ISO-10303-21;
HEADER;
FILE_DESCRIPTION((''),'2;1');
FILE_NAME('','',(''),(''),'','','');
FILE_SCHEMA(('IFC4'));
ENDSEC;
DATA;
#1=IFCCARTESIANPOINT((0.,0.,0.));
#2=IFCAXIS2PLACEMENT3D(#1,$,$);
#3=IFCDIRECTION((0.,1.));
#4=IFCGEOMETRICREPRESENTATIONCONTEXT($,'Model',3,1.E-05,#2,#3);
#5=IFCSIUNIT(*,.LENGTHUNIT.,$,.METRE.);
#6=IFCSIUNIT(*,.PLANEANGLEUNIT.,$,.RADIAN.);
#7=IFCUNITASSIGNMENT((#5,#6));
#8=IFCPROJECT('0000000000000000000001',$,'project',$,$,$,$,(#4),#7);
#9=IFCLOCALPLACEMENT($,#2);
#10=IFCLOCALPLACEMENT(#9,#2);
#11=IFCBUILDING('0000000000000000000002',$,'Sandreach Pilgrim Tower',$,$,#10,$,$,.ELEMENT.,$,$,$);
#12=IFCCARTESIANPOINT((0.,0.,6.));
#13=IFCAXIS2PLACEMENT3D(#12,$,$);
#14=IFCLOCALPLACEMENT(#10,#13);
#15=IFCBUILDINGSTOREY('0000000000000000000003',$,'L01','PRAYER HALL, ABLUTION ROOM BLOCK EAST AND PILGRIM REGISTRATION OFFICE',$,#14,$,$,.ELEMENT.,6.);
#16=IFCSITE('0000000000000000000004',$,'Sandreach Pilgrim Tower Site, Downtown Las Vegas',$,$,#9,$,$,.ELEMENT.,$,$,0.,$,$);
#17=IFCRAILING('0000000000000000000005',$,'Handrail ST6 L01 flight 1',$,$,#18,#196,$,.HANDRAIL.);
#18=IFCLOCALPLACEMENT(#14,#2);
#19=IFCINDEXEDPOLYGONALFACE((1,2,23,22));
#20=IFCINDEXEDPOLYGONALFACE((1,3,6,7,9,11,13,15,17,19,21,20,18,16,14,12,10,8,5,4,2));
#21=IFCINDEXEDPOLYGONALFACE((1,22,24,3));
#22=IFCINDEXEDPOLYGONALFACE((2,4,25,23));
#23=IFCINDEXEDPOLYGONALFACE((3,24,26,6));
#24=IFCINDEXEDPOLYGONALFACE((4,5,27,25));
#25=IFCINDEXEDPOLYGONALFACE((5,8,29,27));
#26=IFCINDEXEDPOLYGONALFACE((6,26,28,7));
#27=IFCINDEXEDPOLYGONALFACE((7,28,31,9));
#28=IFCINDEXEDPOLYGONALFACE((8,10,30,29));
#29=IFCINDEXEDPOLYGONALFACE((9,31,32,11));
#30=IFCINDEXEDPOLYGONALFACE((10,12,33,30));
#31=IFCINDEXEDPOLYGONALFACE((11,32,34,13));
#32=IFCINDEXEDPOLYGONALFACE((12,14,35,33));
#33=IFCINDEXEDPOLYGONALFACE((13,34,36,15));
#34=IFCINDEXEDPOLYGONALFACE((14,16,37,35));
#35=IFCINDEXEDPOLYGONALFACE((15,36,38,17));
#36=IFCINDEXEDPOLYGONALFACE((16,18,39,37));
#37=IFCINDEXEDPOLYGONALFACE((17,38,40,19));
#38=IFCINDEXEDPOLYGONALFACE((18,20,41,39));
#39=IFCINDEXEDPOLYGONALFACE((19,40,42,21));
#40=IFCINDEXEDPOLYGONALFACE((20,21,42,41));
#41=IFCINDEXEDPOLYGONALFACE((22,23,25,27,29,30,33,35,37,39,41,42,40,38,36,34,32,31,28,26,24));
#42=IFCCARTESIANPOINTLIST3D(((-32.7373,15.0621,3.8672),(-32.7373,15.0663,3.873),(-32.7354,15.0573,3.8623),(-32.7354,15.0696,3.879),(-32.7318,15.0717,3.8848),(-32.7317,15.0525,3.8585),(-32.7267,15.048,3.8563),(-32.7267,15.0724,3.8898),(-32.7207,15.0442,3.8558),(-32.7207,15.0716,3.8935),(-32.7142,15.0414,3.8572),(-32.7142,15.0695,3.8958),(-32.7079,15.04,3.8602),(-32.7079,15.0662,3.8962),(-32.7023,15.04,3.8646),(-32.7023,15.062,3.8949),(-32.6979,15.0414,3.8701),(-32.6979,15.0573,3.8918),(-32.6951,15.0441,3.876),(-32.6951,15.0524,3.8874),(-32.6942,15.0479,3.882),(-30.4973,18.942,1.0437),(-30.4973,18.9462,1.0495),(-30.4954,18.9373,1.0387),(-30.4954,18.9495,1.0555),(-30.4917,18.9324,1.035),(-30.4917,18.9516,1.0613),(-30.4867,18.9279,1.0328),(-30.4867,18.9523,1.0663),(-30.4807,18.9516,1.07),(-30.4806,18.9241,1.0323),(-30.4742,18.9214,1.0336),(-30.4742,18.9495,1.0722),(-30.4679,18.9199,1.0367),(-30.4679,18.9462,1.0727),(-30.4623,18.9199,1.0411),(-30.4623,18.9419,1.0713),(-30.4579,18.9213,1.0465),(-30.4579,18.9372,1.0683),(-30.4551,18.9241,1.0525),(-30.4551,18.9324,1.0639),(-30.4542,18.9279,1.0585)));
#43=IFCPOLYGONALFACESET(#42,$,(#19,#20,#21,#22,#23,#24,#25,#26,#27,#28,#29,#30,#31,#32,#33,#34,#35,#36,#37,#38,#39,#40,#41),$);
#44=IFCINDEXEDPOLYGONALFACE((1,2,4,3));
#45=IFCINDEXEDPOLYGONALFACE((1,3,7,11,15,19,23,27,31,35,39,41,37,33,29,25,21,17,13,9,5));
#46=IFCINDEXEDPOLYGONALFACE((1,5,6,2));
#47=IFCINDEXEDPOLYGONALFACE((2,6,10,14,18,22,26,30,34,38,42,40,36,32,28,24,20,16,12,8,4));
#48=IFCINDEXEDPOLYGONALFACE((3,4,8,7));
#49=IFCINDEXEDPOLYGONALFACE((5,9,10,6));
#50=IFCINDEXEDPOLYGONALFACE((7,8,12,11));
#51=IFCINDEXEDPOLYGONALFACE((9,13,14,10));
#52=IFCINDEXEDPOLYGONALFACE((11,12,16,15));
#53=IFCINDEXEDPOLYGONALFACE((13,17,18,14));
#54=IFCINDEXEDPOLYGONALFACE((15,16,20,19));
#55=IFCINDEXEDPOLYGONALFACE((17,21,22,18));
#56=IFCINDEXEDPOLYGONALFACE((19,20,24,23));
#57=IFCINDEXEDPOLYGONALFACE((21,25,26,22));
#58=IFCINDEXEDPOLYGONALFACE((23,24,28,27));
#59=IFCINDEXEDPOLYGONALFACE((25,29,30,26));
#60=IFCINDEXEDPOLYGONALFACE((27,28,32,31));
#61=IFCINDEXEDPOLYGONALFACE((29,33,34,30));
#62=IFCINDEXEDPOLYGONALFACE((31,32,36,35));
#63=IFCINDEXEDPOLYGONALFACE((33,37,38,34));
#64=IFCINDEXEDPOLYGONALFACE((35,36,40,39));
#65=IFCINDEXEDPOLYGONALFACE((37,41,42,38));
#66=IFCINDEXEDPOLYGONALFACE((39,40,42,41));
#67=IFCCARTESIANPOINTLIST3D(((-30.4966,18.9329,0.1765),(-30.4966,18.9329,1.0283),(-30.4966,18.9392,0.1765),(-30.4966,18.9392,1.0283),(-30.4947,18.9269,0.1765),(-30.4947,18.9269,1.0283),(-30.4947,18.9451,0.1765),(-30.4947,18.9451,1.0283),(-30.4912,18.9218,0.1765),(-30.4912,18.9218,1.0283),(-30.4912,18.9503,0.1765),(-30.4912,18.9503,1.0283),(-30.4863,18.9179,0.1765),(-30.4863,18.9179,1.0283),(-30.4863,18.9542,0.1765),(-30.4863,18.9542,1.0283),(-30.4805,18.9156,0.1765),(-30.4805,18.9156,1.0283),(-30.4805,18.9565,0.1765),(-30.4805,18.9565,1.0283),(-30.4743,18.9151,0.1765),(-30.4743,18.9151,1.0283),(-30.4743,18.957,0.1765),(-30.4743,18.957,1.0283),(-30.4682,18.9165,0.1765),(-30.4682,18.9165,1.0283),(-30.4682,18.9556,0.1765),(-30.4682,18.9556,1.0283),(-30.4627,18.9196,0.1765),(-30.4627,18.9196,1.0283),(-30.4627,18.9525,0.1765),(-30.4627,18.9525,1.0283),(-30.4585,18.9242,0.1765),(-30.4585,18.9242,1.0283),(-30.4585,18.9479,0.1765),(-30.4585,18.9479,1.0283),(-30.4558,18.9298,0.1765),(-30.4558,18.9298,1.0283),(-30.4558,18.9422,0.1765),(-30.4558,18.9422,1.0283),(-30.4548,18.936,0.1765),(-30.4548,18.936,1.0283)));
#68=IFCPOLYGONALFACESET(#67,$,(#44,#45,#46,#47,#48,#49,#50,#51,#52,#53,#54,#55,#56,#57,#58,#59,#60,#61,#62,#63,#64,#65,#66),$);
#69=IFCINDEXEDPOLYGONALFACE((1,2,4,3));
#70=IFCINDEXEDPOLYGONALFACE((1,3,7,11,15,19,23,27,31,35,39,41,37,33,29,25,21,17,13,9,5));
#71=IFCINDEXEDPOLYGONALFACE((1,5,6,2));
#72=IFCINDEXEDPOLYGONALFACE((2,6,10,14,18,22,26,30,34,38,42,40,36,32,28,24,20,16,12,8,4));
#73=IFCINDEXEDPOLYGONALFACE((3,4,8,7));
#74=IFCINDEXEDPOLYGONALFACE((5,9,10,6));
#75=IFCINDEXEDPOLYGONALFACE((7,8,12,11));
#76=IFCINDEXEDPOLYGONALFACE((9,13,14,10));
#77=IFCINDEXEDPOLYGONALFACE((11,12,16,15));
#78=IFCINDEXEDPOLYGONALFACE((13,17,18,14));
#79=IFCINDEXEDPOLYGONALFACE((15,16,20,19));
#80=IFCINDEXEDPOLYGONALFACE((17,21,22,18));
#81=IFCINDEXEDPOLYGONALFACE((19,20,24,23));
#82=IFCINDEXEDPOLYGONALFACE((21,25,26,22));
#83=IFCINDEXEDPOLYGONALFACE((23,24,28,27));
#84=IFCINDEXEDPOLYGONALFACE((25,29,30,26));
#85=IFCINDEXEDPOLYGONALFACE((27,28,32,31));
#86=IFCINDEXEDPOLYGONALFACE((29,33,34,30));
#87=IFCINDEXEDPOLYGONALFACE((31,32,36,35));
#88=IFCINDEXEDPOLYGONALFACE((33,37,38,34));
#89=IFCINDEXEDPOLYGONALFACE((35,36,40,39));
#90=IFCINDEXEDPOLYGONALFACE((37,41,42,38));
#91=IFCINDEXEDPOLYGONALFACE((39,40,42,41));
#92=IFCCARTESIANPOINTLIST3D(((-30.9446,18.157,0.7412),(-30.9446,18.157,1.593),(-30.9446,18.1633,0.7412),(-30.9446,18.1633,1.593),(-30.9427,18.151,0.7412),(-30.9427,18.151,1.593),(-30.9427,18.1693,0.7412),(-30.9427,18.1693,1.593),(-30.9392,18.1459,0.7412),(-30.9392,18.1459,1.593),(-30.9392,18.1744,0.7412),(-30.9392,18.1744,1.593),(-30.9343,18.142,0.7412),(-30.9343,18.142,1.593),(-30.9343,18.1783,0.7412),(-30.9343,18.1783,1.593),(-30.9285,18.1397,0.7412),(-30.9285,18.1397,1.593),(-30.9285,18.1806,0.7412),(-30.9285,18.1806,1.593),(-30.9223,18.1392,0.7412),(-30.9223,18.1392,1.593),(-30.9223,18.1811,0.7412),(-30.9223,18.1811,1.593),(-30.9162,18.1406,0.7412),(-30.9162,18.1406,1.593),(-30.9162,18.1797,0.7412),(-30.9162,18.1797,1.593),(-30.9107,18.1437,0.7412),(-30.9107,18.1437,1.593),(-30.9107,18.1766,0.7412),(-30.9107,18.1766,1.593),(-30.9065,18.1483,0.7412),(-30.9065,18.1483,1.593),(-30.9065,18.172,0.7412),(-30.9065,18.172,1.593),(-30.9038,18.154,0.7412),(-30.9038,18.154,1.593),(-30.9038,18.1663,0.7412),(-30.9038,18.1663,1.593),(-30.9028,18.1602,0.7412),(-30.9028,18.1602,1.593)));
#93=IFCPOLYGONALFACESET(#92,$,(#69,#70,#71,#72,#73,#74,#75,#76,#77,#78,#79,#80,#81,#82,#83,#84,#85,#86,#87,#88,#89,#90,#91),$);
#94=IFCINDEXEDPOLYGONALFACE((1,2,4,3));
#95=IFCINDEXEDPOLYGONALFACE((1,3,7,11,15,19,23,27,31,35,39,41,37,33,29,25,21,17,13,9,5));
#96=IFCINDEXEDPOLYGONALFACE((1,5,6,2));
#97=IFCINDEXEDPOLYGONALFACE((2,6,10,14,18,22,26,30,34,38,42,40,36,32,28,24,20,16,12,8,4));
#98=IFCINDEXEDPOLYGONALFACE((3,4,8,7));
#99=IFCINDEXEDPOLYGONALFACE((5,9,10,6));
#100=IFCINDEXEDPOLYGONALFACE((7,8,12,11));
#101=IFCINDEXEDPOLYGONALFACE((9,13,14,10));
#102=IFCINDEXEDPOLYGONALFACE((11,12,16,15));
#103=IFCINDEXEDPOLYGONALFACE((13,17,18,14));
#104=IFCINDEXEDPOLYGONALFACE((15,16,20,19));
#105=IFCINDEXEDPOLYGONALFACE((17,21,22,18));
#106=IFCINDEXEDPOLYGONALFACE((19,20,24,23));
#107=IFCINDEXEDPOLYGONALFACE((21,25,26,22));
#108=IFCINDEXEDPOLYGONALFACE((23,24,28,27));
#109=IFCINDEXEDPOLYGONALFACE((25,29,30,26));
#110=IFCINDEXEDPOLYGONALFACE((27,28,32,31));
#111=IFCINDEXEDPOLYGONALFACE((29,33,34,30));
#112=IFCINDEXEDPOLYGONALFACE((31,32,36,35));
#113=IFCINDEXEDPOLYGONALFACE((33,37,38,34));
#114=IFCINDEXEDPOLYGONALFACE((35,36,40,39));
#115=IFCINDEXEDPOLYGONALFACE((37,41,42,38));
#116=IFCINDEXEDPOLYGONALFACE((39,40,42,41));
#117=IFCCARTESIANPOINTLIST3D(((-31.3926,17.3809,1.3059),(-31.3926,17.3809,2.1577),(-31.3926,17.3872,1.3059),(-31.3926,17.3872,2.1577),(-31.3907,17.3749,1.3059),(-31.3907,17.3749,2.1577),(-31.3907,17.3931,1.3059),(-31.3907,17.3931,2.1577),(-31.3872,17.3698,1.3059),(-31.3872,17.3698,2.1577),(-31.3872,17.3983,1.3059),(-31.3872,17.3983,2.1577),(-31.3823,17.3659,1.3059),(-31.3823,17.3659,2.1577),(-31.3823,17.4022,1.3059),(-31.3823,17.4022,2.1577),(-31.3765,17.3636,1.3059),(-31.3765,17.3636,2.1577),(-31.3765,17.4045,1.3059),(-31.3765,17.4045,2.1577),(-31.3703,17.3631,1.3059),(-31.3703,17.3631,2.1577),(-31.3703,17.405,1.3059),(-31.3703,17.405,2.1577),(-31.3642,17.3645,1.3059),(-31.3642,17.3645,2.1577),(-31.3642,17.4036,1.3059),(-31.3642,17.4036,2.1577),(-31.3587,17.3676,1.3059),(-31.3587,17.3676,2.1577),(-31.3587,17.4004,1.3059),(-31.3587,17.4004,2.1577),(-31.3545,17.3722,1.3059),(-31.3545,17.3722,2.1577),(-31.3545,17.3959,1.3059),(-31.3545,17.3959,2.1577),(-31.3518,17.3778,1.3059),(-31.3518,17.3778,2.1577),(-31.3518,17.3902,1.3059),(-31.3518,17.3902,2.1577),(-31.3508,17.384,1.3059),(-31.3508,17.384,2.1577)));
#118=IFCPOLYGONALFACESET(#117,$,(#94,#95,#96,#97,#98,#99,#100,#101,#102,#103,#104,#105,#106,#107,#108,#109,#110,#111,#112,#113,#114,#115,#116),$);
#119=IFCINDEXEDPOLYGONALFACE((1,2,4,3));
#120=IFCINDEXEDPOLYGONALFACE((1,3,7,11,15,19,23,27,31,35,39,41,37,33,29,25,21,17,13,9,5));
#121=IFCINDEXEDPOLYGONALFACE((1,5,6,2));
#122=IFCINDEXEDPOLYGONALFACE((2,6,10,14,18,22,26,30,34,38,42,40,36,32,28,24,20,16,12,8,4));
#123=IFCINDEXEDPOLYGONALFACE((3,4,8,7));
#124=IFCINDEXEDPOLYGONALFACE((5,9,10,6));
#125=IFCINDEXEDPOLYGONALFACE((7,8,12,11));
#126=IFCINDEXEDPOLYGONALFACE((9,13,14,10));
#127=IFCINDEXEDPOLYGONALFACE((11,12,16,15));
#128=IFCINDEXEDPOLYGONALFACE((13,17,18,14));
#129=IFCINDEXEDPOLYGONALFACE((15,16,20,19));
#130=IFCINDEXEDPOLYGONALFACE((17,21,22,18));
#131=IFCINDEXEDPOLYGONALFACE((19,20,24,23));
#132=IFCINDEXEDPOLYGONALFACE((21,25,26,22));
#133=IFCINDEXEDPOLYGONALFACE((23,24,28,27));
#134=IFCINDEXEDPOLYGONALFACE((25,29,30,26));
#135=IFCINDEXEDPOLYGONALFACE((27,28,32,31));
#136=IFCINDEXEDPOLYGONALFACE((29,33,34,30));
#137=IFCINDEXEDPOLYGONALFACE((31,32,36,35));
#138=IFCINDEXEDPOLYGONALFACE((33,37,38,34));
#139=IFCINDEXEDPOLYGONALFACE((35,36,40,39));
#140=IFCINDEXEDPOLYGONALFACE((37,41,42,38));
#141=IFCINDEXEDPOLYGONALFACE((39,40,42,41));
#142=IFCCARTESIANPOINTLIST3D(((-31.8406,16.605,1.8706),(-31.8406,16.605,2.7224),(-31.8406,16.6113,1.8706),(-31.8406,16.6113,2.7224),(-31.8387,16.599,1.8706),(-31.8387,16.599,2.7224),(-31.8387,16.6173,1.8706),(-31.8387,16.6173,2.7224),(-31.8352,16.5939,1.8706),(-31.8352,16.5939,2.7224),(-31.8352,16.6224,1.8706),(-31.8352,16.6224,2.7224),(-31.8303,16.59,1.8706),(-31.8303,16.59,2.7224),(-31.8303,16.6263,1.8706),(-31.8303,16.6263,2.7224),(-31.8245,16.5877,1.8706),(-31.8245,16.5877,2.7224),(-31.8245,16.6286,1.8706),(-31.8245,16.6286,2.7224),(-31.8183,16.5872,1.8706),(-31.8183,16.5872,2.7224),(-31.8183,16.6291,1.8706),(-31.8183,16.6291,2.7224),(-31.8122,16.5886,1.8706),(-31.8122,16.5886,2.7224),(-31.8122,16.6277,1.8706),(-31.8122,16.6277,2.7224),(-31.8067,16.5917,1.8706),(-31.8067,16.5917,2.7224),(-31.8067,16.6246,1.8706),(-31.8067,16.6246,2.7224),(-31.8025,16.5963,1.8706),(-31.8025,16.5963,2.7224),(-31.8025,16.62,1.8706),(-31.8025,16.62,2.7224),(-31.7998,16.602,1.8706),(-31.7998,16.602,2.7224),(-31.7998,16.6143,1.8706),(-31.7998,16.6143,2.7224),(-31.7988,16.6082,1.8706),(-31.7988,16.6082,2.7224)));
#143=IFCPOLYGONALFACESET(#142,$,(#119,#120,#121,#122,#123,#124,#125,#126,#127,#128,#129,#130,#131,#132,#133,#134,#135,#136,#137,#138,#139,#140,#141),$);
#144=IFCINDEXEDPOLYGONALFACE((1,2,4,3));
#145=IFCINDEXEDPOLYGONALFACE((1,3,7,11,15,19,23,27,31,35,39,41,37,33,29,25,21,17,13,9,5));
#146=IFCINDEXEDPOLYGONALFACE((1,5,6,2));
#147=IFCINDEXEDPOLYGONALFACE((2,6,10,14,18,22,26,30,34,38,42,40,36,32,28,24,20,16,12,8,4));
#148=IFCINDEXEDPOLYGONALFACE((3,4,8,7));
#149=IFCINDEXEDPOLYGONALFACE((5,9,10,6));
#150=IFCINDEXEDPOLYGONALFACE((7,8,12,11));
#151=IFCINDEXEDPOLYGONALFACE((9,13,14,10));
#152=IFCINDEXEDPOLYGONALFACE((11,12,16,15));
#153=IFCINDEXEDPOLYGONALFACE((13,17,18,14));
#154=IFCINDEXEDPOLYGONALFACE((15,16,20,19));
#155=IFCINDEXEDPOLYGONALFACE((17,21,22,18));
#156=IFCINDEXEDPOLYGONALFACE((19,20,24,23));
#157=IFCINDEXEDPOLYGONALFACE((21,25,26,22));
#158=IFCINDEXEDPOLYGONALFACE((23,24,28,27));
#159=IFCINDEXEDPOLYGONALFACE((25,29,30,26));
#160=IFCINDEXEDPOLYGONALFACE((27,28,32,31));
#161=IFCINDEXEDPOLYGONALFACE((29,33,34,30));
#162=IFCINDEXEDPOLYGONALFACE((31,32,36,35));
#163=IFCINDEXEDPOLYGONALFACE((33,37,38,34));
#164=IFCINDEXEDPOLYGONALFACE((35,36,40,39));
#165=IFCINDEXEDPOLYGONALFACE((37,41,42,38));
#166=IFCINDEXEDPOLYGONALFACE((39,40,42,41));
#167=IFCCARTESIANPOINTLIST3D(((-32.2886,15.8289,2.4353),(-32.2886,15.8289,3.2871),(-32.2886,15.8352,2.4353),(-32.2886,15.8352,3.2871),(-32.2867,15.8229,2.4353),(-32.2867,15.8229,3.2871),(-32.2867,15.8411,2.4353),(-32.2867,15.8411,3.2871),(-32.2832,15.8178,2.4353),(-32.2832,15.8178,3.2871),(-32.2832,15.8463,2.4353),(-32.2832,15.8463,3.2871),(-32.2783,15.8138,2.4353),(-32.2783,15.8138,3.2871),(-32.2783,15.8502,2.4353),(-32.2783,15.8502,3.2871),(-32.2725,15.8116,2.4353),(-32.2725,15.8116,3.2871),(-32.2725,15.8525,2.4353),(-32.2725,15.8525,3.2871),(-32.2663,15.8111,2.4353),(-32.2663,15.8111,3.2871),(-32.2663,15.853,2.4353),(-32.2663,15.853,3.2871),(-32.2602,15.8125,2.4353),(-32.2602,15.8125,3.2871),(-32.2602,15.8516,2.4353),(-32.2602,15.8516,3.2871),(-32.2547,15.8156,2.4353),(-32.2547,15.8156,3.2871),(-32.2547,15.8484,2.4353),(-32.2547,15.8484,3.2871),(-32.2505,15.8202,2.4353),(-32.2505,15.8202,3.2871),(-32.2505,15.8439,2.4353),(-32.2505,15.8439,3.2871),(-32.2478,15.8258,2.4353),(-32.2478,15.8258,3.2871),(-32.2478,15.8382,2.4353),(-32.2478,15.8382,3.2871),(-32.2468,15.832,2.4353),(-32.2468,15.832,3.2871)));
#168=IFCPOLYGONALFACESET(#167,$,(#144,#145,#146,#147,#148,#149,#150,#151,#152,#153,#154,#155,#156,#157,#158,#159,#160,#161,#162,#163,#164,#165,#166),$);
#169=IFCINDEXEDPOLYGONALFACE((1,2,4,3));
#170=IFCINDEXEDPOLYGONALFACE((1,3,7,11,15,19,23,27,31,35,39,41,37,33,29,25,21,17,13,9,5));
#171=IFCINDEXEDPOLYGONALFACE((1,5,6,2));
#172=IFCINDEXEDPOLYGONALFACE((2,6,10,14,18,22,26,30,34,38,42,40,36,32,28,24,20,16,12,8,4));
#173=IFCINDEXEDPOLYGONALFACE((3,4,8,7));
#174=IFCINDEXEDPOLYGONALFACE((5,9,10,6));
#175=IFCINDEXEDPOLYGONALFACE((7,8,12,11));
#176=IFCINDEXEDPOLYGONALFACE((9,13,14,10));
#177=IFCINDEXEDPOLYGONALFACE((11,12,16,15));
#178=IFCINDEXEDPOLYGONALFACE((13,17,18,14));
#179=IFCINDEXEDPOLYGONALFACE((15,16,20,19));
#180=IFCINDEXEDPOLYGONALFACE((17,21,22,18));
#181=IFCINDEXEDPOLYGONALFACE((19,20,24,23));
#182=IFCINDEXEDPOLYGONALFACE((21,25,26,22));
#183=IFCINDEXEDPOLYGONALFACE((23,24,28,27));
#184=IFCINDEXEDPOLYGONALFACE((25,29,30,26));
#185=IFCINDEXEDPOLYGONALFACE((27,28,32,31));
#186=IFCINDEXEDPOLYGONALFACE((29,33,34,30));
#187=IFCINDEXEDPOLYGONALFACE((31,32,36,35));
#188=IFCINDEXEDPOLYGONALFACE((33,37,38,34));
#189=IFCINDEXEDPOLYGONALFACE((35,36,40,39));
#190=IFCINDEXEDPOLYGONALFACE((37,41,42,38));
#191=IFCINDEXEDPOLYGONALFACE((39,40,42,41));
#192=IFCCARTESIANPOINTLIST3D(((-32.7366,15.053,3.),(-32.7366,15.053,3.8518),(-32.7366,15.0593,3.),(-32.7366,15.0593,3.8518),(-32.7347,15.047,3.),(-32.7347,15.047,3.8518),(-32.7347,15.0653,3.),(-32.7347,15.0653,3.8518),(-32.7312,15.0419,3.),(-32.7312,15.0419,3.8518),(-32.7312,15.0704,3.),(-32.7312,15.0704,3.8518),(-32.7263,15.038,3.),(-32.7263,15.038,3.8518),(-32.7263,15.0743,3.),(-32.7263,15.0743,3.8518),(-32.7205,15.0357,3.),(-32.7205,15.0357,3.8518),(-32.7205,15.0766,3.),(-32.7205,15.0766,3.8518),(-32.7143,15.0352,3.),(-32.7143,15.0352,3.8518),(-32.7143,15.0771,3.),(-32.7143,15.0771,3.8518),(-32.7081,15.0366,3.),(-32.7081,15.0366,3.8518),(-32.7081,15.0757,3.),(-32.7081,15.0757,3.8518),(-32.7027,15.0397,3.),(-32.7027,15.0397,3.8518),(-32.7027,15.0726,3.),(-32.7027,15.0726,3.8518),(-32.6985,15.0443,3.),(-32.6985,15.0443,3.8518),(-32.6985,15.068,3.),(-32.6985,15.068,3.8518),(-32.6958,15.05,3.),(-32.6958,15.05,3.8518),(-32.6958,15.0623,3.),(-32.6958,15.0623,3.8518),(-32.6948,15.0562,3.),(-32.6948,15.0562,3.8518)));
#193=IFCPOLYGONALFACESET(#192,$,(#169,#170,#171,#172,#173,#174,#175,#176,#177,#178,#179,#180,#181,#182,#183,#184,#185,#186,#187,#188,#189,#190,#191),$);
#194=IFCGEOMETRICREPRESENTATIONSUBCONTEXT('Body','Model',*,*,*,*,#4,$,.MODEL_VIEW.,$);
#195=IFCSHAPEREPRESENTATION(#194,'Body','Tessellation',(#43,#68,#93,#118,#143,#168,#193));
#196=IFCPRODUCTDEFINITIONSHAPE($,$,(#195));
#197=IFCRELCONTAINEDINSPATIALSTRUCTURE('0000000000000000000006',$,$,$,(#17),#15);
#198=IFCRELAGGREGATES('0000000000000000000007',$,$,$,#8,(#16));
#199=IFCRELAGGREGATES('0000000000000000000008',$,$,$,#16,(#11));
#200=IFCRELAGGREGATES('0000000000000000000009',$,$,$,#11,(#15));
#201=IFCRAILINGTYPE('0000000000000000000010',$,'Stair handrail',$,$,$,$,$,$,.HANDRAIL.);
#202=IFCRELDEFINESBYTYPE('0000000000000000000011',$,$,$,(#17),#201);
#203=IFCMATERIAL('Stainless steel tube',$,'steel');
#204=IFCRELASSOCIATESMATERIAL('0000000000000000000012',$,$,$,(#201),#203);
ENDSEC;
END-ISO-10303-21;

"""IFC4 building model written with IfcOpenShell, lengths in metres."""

from ifc_helpers import new_model, si_unit, direction, frame, origin, origin_2d, place, context, subcontext, project, spatial, circle, extrude, material, type_object, element, save


model = new_model("IFC4")

# Units and contexts
model_context = context("Model", 3, precision=1e-05, world=origin(), true_north=direction((0.0, 1.0)))
body_context = subcontext(model_context, "Body", "Model", "MODEL_VIEW")
ifc_project = project(units=[si_unit("LENGTHUNIT", "METRE"), si_unit("PLANEANGLEUNIT", "RADIAN")], contexts=[model_context])

# Site, building, storey
site_placement = place(None, origin())
site = spatial("IfcSite", under=ifc_project, at=site_placement, Name="Sandreach Pilgrim Tower Site, Downtown Las Vegas", CompositionType="ELEMENT", RefElevation=0.0)
building_placement = place(site_placement, origin())
building = spatial("IfcBuilding", under=site, at=building_placement, Name="Sandreach Pilgrim Tower", CompositionType="ELEMENT")
storey_placement = place(building_placement, frame((0.0, 0.0, 6.0)))
storey = spatial("IfcBuildingStorey", under=building, at=storey_placement, Name="L01", Description="PRAYER HALL, ABLUTION ROOM BLOCK EAST AND PILGRIM REGISTRATION OFFICE", CompositionType="ELEMENT", Elevation=6.0)

# Railing
ifc_material_1 = material(Name="Stainless steel tube", Category="steel")
railing_type = type_object("IfcRailingType", Name="Stair handrail", PredefinedType="HANDRAIL", material=ifc_material_1)
for number, where, name in (
    (1, (-30.4758, 18.936, 0.1765), "Handrail ST6 L01 flight 1"),
):
    element("IfcRailing", number, at=place(storey_placement, frame(where)), inside=storey, type_object=railing_type, Name=name, PredefinedType="HANDRAIL", context=body_context, shape_type="SweptSolid", body=[
        extrude(circle(Radius=0.0239, at=origin_2d()), frame((0.0, 0.0, 0.876), z_axis=(-0.422993, -0.732665, 0.533178), x_axis=(0.866031, -0.49999, 0.0)), (0.0, 0.0, 1.0), 5.2957),
        extrude(circle(Radius=0.021, at=origin_2d()), origin(), (0.0, 0.0, 1.0), 0.8518),
        extrude(circle(Radius=0.021, at=origin_2d()), frame((-0.448, -0.7759, 0.5647)), (0.0, 0.0, 1.0), 0.8518),
        extrude(circle(Radius=0.021, at=origin_2d()), frame((-0.896, -1.552, 1.1294)), (0.0, 0.0, 1.0), 0.8518),
        extrude(circle(Radius=0.021, at=origin_2d()), frame((-1.344, -2.3279, 1.6941)), (0.0, 0.0, 1.0), 0.8518),
        extrude(circle(Radius=0.021, at=origin_2d()), frame((-1.792, -3.104, 2.2588)), (0.0, 0.0, 1.0), 0.8518),
        extrude(circle(Radius=0.021, at=origin_2d()), frame((-2.24, -3.8799, 2.8235)), (0.0, 0.0, 1.0), 0.8518),
    ])

save(model, "model.ifc")
